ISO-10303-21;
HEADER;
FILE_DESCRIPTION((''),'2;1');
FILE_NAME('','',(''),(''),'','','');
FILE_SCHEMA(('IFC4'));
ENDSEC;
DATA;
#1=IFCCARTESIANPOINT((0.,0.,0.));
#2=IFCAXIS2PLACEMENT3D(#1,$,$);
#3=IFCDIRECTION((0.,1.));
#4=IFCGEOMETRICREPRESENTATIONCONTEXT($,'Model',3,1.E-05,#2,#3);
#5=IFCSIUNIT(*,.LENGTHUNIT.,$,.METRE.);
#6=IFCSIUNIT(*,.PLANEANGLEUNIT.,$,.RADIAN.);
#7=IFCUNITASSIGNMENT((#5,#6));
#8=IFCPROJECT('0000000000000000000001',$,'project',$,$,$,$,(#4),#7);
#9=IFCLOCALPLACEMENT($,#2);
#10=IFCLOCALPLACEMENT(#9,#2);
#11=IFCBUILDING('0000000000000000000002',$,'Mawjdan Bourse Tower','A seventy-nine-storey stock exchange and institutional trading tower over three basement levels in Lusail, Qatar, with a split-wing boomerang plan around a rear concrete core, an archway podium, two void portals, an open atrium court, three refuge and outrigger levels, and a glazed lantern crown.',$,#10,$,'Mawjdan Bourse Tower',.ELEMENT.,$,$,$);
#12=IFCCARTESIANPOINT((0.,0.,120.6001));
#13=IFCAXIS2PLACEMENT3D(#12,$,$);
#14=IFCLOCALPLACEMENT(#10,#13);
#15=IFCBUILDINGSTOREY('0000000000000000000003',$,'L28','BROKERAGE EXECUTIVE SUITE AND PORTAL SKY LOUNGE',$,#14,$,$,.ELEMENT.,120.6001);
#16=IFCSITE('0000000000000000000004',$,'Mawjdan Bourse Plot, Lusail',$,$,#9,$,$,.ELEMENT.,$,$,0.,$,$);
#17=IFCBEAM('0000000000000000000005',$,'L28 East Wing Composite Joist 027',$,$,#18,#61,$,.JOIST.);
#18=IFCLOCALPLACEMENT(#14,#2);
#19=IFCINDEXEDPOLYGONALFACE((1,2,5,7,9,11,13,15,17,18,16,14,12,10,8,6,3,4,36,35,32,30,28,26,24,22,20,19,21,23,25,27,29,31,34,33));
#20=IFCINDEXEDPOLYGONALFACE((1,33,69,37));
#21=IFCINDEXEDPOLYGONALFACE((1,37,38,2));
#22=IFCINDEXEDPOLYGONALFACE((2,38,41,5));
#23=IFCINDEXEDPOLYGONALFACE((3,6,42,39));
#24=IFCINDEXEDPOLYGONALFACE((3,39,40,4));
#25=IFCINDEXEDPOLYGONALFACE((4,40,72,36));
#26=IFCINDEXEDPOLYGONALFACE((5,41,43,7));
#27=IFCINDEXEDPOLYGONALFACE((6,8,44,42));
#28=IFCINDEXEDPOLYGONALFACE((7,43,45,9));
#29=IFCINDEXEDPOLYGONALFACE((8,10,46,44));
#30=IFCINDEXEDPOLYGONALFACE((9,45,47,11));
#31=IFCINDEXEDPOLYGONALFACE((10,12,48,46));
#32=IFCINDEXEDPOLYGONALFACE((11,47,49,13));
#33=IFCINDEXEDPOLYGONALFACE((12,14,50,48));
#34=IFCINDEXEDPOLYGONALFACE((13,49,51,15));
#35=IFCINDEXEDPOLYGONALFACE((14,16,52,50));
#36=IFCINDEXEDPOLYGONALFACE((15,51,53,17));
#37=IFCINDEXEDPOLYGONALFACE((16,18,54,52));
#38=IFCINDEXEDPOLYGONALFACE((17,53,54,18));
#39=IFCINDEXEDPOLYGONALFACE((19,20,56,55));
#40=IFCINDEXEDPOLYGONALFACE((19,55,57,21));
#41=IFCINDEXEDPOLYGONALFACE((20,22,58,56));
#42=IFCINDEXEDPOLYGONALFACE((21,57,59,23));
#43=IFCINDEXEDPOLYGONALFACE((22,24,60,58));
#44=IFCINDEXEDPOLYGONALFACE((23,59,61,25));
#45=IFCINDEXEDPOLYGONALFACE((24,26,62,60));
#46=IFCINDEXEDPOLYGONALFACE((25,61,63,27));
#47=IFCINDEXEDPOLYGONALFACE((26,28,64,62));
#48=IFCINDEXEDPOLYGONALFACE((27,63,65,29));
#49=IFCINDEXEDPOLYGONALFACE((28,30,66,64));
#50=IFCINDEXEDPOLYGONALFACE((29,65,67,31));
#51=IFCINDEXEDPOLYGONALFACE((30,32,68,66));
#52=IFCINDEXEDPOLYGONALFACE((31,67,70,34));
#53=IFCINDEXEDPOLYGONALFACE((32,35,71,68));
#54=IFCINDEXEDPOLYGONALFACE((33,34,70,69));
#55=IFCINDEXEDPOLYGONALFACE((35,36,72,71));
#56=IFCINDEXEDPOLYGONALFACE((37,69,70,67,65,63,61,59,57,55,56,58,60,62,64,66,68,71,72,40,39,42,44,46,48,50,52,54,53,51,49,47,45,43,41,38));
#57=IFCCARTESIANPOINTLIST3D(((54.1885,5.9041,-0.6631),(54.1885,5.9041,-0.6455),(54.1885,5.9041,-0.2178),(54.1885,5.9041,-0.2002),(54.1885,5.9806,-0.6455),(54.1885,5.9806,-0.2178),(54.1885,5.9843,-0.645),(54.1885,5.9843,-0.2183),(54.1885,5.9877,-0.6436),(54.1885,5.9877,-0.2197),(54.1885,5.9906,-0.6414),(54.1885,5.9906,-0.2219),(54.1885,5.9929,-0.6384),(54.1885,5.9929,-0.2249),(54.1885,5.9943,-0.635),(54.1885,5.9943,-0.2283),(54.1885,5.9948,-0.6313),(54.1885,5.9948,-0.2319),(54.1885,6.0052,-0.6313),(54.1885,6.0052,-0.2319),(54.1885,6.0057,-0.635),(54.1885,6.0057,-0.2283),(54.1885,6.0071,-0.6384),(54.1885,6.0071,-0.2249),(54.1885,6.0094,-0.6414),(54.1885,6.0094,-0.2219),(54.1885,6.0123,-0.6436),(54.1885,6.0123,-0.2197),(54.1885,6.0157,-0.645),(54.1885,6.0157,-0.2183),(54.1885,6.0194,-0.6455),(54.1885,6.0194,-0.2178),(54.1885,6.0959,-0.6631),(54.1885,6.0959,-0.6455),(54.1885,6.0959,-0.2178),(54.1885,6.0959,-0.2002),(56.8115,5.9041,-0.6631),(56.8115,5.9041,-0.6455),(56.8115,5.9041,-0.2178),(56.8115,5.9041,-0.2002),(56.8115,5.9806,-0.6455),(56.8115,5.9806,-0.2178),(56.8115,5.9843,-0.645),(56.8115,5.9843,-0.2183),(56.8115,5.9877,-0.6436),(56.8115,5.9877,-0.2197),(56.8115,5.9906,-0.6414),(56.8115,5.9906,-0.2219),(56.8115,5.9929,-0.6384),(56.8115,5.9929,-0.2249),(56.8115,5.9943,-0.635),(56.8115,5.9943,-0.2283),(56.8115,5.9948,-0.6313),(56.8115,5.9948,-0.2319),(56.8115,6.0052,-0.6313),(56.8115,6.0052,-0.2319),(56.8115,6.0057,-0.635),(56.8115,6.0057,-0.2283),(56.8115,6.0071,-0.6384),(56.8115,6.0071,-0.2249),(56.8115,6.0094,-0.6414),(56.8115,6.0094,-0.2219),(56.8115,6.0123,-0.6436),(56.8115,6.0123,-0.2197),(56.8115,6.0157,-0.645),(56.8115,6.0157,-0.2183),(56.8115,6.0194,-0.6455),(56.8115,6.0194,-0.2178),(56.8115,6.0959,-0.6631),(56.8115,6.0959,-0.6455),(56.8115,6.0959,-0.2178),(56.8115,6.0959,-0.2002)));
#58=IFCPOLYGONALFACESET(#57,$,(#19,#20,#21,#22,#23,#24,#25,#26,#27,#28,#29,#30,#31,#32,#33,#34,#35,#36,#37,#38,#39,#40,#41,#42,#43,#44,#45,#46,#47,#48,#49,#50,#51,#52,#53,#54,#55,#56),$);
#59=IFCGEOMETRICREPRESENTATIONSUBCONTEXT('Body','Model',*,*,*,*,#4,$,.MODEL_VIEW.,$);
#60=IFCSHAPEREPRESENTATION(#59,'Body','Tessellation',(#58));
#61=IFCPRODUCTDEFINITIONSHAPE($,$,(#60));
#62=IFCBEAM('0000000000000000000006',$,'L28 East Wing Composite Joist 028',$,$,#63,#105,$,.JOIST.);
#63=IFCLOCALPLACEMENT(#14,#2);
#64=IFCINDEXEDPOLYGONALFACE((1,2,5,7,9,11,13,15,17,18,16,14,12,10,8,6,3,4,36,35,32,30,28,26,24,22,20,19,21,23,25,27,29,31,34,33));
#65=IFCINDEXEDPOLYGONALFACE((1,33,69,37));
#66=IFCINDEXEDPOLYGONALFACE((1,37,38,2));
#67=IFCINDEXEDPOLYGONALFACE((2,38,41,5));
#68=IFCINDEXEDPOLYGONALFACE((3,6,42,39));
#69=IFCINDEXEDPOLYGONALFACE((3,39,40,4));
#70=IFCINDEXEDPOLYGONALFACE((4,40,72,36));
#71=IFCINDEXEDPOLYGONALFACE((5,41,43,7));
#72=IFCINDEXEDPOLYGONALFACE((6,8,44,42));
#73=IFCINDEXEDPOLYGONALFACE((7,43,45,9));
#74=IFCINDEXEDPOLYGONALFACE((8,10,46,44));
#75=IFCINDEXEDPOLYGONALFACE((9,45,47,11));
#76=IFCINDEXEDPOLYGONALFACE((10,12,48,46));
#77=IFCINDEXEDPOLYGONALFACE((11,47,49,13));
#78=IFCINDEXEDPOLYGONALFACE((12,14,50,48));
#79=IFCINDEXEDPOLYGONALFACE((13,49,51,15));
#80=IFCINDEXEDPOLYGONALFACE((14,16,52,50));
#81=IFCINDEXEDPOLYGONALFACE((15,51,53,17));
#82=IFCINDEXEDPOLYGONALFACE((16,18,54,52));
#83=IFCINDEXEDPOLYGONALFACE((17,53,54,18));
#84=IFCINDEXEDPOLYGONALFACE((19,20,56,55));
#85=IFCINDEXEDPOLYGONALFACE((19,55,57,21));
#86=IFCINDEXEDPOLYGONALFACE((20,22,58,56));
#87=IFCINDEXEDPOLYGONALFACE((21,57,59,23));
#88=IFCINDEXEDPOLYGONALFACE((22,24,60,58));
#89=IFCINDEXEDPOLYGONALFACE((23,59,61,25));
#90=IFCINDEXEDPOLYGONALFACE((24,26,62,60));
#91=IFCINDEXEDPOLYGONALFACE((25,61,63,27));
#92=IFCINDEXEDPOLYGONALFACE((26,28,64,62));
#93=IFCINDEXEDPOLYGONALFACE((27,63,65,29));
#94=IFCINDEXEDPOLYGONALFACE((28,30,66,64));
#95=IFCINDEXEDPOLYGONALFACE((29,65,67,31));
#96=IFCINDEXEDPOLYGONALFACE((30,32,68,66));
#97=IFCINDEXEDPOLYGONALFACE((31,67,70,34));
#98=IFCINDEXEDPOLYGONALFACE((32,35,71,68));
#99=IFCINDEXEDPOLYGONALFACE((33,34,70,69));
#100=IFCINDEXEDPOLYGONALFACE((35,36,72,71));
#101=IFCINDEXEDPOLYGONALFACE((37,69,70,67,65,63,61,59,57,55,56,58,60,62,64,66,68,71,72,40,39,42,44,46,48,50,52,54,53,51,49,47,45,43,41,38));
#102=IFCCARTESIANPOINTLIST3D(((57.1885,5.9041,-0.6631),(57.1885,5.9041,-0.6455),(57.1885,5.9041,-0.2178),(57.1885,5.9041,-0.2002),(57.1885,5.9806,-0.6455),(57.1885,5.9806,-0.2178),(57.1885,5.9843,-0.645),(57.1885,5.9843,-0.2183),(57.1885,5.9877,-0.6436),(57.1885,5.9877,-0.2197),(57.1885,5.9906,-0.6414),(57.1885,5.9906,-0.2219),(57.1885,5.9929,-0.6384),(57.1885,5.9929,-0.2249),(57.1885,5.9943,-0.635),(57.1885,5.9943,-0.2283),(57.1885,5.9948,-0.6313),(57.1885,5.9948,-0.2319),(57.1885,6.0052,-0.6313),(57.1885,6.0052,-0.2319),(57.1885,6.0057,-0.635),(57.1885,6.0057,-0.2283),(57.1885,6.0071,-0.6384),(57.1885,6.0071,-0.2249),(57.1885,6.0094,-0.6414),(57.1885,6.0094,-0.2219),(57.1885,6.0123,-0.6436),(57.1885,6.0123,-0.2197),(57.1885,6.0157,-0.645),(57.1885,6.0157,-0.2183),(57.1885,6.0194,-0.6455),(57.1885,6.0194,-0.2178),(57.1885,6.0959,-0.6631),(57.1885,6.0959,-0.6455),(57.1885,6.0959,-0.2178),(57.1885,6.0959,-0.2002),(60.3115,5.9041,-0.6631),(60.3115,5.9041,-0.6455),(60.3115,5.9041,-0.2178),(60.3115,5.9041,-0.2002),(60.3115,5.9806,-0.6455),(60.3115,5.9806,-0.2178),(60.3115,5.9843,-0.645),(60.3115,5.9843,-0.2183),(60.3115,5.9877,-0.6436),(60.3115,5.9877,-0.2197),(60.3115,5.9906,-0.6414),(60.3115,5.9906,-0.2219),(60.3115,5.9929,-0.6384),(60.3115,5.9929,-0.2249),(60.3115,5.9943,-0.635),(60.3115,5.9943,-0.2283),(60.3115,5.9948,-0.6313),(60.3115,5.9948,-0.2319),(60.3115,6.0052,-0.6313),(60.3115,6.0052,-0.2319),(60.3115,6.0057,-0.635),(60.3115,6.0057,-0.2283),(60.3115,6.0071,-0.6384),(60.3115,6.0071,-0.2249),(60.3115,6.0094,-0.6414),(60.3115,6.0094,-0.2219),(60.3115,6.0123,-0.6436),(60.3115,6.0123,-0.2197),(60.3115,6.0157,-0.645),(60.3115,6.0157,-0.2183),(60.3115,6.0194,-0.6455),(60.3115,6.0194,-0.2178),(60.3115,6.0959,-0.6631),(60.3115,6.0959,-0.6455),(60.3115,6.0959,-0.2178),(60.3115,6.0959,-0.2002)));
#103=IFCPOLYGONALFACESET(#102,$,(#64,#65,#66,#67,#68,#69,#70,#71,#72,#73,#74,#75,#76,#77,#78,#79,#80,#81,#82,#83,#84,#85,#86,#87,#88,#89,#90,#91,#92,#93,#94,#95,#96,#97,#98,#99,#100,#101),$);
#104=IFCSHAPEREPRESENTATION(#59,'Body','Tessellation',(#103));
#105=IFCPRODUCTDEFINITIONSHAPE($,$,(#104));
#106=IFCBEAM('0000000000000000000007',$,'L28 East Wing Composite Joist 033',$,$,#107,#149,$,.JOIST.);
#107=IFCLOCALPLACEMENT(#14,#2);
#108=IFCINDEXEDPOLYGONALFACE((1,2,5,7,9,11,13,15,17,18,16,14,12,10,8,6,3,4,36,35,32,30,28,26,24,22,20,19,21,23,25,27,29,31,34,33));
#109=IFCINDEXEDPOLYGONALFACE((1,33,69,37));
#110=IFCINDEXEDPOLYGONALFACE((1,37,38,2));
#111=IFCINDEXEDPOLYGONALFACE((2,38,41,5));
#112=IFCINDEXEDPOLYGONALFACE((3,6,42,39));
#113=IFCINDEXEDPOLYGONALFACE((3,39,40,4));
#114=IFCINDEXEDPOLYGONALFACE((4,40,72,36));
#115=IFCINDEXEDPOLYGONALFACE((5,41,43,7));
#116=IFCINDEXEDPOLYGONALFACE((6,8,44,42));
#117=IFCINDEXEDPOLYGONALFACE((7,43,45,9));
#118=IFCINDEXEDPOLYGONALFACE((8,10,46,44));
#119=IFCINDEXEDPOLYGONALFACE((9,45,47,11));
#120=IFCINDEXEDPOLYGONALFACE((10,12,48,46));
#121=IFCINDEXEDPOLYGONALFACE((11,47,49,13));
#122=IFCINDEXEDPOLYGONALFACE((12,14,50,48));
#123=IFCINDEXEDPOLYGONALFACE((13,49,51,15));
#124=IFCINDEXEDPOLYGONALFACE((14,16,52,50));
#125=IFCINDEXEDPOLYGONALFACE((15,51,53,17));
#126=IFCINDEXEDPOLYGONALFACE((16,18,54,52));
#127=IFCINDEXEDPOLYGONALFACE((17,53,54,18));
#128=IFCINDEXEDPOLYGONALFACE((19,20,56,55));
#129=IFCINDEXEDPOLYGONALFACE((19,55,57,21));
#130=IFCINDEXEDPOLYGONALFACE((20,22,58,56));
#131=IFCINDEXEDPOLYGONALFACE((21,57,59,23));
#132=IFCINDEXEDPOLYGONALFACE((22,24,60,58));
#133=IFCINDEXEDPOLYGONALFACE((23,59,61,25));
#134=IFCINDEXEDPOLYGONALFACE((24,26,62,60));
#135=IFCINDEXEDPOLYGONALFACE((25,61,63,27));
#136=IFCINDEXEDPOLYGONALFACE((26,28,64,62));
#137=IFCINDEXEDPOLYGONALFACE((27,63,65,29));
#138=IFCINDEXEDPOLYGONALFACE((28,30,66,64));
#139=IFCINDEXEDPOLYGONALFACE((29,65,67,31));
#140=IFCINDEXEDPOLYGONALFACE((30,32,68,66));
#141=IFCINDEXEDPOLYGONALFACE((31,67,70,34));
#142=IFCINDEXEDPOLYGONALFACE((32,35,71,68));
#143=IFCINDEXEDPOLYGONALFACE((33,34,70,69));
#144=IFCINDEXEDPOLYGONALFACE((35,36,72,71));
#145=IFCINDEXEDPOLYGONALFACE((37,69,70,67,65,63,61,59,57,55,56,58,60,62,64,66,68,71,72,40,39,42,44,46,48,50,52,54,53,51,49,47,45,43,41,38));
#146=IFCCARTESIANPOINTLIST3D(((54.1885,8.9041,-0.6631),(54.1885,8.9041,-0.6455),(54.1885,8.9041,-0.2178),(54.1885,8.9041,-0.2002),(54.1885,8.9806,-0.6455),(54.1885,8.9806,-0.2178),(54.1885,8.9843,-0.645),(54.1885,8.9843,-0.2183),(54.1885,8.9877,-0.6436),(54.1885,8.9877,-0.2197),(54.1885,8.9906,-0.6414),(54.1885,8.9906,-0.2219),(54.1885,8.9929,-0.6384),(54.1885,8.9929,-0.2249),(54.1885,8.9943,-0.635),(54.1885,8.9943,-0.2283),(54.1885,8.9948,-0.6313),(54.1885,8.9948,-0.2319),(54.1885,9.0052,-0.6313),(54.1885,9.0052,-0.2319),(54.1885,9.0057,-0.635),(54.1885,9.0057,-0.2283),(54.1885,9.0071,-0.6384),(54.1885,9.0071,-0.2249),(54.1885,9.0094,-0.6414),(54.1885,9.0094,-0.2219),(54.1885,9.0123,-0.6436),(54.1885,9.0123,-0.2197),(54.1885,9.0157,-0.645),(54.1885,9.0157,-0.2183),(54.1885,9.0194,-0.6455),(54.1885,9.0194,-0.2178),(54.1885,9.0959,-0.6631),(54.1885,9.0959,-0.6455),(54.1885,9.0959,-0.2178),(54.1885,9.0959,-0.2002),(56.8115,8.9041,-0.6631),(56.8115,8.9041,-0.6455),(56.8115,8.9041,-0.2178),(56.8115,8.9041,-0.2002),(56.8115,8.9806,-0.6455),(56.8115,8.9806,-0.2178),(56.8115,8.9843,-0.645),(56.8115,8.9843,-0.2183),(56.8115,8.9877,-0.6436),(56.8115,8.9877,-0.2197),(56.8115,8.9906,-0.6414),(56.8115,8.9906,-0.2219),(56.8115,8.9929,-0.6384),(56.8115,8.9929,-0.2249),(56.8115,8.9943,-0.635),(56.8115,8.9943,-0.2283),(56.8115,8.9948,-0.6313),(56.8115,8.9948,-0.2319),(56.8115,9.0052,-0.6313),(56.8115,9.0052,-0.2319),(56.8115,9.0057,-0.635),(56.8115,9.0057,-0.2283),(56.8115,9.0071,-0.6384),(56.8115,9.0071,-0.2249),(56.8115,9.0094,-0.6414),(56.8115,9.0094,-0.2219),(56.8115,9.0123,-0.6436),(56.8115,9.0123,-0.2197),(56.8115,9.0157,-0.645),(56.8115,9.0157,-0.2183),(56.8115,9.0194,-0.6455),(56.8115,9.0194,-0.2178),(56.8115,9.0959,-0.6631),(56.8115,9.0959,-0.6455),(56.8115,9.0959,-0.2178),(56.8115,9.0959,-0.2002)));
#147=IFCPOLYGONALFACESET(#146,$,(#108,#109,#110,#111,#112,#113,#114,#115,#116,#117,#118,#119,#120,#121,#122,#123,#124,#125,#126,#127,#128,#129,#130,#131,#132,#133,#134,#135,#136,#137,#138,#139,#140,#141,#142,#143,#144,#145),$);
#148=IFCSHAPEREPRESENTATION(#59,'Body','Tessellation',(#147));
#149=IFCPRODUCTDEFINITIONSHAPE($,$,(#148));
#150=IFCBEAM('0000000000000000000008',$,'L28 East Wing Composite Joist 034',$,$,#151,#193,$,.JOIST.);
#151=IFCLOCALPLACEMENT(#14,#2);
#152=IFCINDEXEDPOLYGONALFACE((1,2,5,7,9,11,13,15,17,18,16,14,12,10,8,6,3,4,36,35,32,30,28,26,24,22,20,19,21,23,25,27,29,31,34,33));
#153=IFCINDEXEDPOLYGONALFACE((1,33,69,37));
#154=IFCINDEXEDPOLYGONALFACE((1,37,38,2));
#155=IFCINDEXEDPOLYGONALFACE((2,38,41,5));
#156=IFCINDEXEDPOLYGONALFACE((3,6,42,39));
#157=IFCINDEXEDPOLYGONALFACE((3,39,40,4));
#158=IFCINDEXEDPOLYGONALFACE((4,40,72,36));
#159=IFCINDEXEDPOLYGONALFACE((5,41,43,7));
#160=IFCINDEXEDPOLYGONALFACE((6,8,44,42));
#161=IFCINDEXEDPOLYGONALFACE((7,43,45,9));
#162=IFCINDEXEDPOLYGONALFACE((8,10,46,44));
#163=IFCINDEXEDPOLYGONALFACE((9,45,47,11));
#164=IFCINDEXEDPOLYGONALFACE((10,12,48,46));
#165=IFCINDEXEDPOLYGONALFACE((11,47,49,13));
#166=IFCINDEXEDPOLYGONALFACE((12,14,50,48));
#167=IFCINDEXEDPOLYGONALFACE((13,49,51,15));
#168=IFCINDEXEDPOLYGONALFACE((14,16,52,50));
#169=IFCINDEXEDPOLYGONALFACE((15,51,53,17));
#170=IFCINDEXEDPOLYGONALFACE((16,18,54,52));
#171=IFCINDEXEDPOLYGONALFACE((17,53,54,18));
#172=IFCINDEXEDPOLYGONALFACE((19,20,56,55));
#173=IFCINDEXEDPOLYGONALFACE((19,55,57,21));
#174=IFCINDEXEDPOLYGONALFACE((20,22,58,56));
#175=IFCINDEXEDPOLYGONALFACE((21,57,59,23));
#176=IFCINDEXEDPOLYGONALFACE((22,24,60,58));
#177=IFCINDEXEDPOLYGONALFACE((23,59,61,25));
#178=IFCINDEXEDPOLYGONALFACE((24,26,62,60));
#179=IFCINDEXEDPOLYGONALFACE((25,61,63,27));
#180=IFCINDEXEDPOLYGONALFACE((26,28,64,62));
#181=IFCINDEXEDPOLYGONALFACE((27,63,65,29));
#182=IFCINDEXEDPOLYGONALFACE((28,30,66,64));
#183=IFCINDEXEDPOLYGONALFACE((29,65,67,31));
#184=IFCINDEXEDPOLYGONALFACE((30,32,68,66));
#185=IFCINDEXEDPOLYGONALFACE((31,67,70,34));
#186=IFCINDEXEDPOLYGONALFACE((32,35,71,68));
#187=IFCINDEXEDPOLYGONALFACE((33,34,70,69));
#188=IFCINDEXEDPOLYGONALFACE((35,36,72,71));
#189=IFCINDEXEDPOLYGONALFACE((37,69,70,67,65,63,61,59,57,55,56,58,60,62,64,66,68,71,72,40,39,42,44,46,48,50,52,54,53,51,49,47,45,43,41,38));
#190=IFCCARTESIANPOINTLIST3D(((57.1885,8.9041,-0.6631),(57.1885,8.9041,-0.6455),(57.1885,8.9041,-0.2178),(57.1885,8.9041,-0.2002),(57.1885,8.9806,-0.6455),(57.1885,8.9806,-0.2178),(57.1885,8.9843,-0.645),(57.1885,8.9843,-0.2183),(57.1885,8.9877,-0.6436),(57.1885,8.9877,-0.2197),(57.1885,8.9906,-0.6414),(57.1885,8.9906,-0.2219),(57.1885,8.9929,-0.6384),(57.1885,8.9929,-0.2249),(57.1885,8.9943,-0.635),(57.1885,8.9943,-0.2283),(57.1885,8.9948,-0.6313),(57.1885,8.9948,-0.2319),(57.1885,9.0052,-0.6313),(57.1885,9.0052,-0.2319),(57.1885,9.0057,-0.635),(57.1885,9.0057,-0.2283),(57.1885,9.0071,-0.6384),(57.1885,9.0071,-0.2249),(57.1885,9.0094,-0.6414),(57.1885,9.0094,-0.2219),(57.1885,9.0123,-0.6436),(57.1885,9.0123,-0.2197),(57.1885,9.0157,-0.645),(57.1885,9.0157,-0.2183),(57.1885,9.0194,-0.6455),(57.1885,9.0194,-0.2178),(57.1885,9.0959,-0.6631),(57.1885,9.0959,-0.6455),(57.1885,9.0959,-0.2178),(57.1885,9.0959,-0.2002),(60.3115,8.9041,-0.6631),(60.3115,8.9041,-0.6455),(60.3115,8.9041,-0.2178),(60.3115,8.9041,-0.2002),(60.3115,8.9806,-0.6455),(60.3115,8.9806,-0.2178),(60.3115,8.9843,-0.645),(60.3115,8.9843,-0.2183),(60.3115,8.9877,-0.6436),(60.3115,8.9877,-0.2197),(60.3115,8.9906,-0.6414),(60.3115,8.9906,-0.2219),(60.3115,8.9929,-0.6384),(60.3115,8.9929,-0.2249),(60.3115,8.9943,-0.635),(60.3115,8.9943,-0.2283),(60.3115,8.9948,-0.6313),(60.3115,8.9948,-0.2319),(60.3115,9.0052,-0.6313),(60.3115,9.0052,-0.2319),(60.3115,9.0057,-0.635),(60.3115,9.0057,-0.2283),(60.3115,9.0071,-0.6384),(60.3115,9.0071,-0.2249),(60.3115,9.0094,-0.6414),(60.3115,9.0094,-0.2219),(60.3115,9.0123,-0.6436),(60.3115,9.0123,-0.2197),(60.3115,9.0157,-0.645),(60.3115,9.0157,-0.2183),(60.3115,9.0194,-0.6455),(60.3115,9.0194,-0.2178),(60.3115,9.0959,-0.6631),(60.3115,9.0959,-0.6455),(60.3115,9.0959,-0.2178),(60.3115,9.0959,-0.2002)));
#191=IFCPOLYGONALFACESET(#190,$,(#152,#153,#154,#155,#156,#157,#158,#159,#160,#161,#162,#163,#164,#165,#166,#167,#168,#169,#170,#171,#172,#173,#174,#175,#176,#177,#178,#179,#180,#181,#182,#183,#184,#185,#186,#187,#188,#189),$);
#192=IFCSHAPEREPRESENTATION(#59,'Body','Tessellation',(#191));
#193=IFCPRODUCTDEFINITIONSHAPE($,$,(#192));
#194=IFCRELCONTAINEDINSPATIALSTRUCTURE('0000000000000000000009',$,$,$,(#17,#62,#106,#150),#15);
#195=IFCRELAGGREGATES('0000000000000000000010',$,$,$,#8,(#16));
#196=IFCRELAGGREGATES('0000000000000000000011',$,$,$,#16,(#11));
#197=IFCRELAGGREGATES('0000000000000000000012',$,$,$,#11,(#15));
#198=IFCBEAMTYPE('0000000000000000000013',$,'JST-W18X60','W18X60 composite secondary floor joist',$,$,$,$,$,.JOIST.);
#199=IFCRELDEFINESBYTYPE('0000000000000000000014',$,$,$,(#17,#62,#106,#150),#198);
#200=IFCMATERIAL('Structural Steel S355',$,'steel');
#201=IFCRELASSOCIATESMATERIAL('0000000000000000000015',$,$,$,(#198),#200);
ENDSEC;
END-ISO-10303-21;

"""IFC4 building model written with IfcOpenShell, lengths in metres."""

from ifc_helpers import new_model, si_unit, direction, frame, origin, origin_2d, place, context, subcontext, project, spatial, i_section, extrude, material, material_profile, profile_set, type_object, element, save


model = new_model("IFC4")

# Units and contexts
model_context = context("Model", 3, precision=1e-05, world=origin(), true_north=direction((0.0, 1.0)))
body_context = subcontext(model_context, "Body", "Model", "MODEL_VIEW")
ifc_project = project(units=[si_unit("LENGTHUNIT", "METRE"), si_unit("PLANEANGLEUNIT", "RADIAN")], contexts=[model_context])

# Site, building, storey
site_placement = place(None, origin())
site = spatial("IfcSite", under=ifc_project, at=site_placement, Name="Mawjdan Bourse Plot, Lusail", CompositionType="ELEMENT", RefElevation=0.0)
building_placement = place(site_placement, origin())
building = spatial("IfcBuilding", under=site, at=building_placement, Name="Mawjdan Bourse Tower", Description="A seventy-nine-storey stock exchange and institutional trading tower over three basement levels in Lusail, Qatar, with a split-wing boomerang plan around a rear concrete core, an archway podium, two void portals, an open atrium court, three refuge and outrigger levels, and a glazed lantern crown.", LongName="Mawjdan Bourse Tower", CompositionType="ELEMENT")
storey_placement = place(building_placement, frame((0.0, 0.0, 120.6001)))
storey = spatial("IfcBuildingStorey", under=building, at=storey_placement, Name="L28", Description="BROKERAGE EXECUTIVE SUITE AND PORTAL SKY LOUNGE", CompositionType="ELEMENT", Elevation=120.6001)

# Beams
ifc_material_1 = material(Name="Structural Steel S355", Category="steel")
ifc_material_profile_1 = material_profile(ifc_material_1, i_section(OverallWidth=0.1919, OverallDepth=0.4629, WebThickness=0.0105, FlangeThickness=0.0176, FilletRadius=0.0142, at=origin_2d()), Name="W18X60")
ifc_profile_set_1 = profile_set([ifc_material_profile_1], Name="Structural Steel S355")
beam_type_1 = type_object("IfcBeamType", Name="JST-W18X60", Description="W18X60 composite secondary floor joist", PredefinedType="JOIST", material=ifc_profile_set_1)
beam_1_placement = place(storey_placement, frame((54.1885, 6.0, -0.4316), z_axis=(1.0, 0.0, 0.0), x_axis=(0.0, 1.0, 0.0)))
element("IfcBeam", 1, at=beam_1_placement, inside=storey, type_object=beam_type_1, Name="L28 East Wing Composite Joist 027", PredefinedType="JOIST", context=body_context, shape_type="SweptSolid", body=[
    extrude(i_section(OverallWidth=0.1919, OverallDepth=0.4629, WebThickness=0.0105, FlangeThickness=0.0176, FilletRadius=0.0142, at=origin_2d()), origin(), (0.0, 0.0, 1.0), 2.623),
])
beam_2_placement = place(storey_placement, frame((57.1885, 6.0, -0.4316), z_axis=(1.0, 0.0, 0.0), x_axis=(0.0, 1.0, 0.0)))
element("IfcBeam", 2, at=beam_2_placement, inside=storey, type_object=beam_type_1, Name="L28 East Wing Composite Joist 028", PredefinedType="JOIST", context=body_context, shape_type="SweptSolid", body=[
    extrude(i_section(OverallWidth=0.1919, OverallDepth=0.4629, WebThickness=0.0105, FlangeThickness=0.0176, FilletRadius=0.0142, at=origin_2d()), origin(), (0.0, 0.0, 1.0), 3.123),
])
beam_3_placement = place(storey_placement, frame((54.1885, 9.0, -0.4316), z_axis=(1.0, 0.0, 0.0), x_axis=(0.0, 1.0, 0.0)))
element("IfcBeam", 3, at=beam_3_placement, inside=storey, type_object=beam_type_1, Name="L28 East Wing Composite Joist 033", PredefinedType="JOIST", context=body_context, shape_type="SweptSolid", body=[
    extrude(i_section(OverallWidth=0.1919, OverallDepth=0.4629, WebThickness=0.0105, FlangeThickness=0.0176, FilletRadius=0.0142, at=origin_2d()), origin(), (0.0, 0.0, 1.0), 2.623),
])
beam_4_placement = place(storey_placement, frame((57.1885, 9.0, -0.4316), z_axis=(1.0, 0.0, 0.0), x_axis=(0.0, 1.0, 0.0)))
element("IfcBeam", 4, at=beam_4_placement, inside=storey, type_object=beam_type_1, Name="L28 East Wing Composite Joist 034", PredefinedType="JOIST", context=body_context, shape_type="SweptSolid", body=[
    extrude(i_section(OverallWidth=0.1919, OverallDepth=0.4629, WebThickness=0.0105, FlangeThickness=0.0176, FilletRadius=0.0142, at=origin_2d()), origin(), (0.0, 0.0, 1.0), 3.123),
])

save(model, "model.ifc")
